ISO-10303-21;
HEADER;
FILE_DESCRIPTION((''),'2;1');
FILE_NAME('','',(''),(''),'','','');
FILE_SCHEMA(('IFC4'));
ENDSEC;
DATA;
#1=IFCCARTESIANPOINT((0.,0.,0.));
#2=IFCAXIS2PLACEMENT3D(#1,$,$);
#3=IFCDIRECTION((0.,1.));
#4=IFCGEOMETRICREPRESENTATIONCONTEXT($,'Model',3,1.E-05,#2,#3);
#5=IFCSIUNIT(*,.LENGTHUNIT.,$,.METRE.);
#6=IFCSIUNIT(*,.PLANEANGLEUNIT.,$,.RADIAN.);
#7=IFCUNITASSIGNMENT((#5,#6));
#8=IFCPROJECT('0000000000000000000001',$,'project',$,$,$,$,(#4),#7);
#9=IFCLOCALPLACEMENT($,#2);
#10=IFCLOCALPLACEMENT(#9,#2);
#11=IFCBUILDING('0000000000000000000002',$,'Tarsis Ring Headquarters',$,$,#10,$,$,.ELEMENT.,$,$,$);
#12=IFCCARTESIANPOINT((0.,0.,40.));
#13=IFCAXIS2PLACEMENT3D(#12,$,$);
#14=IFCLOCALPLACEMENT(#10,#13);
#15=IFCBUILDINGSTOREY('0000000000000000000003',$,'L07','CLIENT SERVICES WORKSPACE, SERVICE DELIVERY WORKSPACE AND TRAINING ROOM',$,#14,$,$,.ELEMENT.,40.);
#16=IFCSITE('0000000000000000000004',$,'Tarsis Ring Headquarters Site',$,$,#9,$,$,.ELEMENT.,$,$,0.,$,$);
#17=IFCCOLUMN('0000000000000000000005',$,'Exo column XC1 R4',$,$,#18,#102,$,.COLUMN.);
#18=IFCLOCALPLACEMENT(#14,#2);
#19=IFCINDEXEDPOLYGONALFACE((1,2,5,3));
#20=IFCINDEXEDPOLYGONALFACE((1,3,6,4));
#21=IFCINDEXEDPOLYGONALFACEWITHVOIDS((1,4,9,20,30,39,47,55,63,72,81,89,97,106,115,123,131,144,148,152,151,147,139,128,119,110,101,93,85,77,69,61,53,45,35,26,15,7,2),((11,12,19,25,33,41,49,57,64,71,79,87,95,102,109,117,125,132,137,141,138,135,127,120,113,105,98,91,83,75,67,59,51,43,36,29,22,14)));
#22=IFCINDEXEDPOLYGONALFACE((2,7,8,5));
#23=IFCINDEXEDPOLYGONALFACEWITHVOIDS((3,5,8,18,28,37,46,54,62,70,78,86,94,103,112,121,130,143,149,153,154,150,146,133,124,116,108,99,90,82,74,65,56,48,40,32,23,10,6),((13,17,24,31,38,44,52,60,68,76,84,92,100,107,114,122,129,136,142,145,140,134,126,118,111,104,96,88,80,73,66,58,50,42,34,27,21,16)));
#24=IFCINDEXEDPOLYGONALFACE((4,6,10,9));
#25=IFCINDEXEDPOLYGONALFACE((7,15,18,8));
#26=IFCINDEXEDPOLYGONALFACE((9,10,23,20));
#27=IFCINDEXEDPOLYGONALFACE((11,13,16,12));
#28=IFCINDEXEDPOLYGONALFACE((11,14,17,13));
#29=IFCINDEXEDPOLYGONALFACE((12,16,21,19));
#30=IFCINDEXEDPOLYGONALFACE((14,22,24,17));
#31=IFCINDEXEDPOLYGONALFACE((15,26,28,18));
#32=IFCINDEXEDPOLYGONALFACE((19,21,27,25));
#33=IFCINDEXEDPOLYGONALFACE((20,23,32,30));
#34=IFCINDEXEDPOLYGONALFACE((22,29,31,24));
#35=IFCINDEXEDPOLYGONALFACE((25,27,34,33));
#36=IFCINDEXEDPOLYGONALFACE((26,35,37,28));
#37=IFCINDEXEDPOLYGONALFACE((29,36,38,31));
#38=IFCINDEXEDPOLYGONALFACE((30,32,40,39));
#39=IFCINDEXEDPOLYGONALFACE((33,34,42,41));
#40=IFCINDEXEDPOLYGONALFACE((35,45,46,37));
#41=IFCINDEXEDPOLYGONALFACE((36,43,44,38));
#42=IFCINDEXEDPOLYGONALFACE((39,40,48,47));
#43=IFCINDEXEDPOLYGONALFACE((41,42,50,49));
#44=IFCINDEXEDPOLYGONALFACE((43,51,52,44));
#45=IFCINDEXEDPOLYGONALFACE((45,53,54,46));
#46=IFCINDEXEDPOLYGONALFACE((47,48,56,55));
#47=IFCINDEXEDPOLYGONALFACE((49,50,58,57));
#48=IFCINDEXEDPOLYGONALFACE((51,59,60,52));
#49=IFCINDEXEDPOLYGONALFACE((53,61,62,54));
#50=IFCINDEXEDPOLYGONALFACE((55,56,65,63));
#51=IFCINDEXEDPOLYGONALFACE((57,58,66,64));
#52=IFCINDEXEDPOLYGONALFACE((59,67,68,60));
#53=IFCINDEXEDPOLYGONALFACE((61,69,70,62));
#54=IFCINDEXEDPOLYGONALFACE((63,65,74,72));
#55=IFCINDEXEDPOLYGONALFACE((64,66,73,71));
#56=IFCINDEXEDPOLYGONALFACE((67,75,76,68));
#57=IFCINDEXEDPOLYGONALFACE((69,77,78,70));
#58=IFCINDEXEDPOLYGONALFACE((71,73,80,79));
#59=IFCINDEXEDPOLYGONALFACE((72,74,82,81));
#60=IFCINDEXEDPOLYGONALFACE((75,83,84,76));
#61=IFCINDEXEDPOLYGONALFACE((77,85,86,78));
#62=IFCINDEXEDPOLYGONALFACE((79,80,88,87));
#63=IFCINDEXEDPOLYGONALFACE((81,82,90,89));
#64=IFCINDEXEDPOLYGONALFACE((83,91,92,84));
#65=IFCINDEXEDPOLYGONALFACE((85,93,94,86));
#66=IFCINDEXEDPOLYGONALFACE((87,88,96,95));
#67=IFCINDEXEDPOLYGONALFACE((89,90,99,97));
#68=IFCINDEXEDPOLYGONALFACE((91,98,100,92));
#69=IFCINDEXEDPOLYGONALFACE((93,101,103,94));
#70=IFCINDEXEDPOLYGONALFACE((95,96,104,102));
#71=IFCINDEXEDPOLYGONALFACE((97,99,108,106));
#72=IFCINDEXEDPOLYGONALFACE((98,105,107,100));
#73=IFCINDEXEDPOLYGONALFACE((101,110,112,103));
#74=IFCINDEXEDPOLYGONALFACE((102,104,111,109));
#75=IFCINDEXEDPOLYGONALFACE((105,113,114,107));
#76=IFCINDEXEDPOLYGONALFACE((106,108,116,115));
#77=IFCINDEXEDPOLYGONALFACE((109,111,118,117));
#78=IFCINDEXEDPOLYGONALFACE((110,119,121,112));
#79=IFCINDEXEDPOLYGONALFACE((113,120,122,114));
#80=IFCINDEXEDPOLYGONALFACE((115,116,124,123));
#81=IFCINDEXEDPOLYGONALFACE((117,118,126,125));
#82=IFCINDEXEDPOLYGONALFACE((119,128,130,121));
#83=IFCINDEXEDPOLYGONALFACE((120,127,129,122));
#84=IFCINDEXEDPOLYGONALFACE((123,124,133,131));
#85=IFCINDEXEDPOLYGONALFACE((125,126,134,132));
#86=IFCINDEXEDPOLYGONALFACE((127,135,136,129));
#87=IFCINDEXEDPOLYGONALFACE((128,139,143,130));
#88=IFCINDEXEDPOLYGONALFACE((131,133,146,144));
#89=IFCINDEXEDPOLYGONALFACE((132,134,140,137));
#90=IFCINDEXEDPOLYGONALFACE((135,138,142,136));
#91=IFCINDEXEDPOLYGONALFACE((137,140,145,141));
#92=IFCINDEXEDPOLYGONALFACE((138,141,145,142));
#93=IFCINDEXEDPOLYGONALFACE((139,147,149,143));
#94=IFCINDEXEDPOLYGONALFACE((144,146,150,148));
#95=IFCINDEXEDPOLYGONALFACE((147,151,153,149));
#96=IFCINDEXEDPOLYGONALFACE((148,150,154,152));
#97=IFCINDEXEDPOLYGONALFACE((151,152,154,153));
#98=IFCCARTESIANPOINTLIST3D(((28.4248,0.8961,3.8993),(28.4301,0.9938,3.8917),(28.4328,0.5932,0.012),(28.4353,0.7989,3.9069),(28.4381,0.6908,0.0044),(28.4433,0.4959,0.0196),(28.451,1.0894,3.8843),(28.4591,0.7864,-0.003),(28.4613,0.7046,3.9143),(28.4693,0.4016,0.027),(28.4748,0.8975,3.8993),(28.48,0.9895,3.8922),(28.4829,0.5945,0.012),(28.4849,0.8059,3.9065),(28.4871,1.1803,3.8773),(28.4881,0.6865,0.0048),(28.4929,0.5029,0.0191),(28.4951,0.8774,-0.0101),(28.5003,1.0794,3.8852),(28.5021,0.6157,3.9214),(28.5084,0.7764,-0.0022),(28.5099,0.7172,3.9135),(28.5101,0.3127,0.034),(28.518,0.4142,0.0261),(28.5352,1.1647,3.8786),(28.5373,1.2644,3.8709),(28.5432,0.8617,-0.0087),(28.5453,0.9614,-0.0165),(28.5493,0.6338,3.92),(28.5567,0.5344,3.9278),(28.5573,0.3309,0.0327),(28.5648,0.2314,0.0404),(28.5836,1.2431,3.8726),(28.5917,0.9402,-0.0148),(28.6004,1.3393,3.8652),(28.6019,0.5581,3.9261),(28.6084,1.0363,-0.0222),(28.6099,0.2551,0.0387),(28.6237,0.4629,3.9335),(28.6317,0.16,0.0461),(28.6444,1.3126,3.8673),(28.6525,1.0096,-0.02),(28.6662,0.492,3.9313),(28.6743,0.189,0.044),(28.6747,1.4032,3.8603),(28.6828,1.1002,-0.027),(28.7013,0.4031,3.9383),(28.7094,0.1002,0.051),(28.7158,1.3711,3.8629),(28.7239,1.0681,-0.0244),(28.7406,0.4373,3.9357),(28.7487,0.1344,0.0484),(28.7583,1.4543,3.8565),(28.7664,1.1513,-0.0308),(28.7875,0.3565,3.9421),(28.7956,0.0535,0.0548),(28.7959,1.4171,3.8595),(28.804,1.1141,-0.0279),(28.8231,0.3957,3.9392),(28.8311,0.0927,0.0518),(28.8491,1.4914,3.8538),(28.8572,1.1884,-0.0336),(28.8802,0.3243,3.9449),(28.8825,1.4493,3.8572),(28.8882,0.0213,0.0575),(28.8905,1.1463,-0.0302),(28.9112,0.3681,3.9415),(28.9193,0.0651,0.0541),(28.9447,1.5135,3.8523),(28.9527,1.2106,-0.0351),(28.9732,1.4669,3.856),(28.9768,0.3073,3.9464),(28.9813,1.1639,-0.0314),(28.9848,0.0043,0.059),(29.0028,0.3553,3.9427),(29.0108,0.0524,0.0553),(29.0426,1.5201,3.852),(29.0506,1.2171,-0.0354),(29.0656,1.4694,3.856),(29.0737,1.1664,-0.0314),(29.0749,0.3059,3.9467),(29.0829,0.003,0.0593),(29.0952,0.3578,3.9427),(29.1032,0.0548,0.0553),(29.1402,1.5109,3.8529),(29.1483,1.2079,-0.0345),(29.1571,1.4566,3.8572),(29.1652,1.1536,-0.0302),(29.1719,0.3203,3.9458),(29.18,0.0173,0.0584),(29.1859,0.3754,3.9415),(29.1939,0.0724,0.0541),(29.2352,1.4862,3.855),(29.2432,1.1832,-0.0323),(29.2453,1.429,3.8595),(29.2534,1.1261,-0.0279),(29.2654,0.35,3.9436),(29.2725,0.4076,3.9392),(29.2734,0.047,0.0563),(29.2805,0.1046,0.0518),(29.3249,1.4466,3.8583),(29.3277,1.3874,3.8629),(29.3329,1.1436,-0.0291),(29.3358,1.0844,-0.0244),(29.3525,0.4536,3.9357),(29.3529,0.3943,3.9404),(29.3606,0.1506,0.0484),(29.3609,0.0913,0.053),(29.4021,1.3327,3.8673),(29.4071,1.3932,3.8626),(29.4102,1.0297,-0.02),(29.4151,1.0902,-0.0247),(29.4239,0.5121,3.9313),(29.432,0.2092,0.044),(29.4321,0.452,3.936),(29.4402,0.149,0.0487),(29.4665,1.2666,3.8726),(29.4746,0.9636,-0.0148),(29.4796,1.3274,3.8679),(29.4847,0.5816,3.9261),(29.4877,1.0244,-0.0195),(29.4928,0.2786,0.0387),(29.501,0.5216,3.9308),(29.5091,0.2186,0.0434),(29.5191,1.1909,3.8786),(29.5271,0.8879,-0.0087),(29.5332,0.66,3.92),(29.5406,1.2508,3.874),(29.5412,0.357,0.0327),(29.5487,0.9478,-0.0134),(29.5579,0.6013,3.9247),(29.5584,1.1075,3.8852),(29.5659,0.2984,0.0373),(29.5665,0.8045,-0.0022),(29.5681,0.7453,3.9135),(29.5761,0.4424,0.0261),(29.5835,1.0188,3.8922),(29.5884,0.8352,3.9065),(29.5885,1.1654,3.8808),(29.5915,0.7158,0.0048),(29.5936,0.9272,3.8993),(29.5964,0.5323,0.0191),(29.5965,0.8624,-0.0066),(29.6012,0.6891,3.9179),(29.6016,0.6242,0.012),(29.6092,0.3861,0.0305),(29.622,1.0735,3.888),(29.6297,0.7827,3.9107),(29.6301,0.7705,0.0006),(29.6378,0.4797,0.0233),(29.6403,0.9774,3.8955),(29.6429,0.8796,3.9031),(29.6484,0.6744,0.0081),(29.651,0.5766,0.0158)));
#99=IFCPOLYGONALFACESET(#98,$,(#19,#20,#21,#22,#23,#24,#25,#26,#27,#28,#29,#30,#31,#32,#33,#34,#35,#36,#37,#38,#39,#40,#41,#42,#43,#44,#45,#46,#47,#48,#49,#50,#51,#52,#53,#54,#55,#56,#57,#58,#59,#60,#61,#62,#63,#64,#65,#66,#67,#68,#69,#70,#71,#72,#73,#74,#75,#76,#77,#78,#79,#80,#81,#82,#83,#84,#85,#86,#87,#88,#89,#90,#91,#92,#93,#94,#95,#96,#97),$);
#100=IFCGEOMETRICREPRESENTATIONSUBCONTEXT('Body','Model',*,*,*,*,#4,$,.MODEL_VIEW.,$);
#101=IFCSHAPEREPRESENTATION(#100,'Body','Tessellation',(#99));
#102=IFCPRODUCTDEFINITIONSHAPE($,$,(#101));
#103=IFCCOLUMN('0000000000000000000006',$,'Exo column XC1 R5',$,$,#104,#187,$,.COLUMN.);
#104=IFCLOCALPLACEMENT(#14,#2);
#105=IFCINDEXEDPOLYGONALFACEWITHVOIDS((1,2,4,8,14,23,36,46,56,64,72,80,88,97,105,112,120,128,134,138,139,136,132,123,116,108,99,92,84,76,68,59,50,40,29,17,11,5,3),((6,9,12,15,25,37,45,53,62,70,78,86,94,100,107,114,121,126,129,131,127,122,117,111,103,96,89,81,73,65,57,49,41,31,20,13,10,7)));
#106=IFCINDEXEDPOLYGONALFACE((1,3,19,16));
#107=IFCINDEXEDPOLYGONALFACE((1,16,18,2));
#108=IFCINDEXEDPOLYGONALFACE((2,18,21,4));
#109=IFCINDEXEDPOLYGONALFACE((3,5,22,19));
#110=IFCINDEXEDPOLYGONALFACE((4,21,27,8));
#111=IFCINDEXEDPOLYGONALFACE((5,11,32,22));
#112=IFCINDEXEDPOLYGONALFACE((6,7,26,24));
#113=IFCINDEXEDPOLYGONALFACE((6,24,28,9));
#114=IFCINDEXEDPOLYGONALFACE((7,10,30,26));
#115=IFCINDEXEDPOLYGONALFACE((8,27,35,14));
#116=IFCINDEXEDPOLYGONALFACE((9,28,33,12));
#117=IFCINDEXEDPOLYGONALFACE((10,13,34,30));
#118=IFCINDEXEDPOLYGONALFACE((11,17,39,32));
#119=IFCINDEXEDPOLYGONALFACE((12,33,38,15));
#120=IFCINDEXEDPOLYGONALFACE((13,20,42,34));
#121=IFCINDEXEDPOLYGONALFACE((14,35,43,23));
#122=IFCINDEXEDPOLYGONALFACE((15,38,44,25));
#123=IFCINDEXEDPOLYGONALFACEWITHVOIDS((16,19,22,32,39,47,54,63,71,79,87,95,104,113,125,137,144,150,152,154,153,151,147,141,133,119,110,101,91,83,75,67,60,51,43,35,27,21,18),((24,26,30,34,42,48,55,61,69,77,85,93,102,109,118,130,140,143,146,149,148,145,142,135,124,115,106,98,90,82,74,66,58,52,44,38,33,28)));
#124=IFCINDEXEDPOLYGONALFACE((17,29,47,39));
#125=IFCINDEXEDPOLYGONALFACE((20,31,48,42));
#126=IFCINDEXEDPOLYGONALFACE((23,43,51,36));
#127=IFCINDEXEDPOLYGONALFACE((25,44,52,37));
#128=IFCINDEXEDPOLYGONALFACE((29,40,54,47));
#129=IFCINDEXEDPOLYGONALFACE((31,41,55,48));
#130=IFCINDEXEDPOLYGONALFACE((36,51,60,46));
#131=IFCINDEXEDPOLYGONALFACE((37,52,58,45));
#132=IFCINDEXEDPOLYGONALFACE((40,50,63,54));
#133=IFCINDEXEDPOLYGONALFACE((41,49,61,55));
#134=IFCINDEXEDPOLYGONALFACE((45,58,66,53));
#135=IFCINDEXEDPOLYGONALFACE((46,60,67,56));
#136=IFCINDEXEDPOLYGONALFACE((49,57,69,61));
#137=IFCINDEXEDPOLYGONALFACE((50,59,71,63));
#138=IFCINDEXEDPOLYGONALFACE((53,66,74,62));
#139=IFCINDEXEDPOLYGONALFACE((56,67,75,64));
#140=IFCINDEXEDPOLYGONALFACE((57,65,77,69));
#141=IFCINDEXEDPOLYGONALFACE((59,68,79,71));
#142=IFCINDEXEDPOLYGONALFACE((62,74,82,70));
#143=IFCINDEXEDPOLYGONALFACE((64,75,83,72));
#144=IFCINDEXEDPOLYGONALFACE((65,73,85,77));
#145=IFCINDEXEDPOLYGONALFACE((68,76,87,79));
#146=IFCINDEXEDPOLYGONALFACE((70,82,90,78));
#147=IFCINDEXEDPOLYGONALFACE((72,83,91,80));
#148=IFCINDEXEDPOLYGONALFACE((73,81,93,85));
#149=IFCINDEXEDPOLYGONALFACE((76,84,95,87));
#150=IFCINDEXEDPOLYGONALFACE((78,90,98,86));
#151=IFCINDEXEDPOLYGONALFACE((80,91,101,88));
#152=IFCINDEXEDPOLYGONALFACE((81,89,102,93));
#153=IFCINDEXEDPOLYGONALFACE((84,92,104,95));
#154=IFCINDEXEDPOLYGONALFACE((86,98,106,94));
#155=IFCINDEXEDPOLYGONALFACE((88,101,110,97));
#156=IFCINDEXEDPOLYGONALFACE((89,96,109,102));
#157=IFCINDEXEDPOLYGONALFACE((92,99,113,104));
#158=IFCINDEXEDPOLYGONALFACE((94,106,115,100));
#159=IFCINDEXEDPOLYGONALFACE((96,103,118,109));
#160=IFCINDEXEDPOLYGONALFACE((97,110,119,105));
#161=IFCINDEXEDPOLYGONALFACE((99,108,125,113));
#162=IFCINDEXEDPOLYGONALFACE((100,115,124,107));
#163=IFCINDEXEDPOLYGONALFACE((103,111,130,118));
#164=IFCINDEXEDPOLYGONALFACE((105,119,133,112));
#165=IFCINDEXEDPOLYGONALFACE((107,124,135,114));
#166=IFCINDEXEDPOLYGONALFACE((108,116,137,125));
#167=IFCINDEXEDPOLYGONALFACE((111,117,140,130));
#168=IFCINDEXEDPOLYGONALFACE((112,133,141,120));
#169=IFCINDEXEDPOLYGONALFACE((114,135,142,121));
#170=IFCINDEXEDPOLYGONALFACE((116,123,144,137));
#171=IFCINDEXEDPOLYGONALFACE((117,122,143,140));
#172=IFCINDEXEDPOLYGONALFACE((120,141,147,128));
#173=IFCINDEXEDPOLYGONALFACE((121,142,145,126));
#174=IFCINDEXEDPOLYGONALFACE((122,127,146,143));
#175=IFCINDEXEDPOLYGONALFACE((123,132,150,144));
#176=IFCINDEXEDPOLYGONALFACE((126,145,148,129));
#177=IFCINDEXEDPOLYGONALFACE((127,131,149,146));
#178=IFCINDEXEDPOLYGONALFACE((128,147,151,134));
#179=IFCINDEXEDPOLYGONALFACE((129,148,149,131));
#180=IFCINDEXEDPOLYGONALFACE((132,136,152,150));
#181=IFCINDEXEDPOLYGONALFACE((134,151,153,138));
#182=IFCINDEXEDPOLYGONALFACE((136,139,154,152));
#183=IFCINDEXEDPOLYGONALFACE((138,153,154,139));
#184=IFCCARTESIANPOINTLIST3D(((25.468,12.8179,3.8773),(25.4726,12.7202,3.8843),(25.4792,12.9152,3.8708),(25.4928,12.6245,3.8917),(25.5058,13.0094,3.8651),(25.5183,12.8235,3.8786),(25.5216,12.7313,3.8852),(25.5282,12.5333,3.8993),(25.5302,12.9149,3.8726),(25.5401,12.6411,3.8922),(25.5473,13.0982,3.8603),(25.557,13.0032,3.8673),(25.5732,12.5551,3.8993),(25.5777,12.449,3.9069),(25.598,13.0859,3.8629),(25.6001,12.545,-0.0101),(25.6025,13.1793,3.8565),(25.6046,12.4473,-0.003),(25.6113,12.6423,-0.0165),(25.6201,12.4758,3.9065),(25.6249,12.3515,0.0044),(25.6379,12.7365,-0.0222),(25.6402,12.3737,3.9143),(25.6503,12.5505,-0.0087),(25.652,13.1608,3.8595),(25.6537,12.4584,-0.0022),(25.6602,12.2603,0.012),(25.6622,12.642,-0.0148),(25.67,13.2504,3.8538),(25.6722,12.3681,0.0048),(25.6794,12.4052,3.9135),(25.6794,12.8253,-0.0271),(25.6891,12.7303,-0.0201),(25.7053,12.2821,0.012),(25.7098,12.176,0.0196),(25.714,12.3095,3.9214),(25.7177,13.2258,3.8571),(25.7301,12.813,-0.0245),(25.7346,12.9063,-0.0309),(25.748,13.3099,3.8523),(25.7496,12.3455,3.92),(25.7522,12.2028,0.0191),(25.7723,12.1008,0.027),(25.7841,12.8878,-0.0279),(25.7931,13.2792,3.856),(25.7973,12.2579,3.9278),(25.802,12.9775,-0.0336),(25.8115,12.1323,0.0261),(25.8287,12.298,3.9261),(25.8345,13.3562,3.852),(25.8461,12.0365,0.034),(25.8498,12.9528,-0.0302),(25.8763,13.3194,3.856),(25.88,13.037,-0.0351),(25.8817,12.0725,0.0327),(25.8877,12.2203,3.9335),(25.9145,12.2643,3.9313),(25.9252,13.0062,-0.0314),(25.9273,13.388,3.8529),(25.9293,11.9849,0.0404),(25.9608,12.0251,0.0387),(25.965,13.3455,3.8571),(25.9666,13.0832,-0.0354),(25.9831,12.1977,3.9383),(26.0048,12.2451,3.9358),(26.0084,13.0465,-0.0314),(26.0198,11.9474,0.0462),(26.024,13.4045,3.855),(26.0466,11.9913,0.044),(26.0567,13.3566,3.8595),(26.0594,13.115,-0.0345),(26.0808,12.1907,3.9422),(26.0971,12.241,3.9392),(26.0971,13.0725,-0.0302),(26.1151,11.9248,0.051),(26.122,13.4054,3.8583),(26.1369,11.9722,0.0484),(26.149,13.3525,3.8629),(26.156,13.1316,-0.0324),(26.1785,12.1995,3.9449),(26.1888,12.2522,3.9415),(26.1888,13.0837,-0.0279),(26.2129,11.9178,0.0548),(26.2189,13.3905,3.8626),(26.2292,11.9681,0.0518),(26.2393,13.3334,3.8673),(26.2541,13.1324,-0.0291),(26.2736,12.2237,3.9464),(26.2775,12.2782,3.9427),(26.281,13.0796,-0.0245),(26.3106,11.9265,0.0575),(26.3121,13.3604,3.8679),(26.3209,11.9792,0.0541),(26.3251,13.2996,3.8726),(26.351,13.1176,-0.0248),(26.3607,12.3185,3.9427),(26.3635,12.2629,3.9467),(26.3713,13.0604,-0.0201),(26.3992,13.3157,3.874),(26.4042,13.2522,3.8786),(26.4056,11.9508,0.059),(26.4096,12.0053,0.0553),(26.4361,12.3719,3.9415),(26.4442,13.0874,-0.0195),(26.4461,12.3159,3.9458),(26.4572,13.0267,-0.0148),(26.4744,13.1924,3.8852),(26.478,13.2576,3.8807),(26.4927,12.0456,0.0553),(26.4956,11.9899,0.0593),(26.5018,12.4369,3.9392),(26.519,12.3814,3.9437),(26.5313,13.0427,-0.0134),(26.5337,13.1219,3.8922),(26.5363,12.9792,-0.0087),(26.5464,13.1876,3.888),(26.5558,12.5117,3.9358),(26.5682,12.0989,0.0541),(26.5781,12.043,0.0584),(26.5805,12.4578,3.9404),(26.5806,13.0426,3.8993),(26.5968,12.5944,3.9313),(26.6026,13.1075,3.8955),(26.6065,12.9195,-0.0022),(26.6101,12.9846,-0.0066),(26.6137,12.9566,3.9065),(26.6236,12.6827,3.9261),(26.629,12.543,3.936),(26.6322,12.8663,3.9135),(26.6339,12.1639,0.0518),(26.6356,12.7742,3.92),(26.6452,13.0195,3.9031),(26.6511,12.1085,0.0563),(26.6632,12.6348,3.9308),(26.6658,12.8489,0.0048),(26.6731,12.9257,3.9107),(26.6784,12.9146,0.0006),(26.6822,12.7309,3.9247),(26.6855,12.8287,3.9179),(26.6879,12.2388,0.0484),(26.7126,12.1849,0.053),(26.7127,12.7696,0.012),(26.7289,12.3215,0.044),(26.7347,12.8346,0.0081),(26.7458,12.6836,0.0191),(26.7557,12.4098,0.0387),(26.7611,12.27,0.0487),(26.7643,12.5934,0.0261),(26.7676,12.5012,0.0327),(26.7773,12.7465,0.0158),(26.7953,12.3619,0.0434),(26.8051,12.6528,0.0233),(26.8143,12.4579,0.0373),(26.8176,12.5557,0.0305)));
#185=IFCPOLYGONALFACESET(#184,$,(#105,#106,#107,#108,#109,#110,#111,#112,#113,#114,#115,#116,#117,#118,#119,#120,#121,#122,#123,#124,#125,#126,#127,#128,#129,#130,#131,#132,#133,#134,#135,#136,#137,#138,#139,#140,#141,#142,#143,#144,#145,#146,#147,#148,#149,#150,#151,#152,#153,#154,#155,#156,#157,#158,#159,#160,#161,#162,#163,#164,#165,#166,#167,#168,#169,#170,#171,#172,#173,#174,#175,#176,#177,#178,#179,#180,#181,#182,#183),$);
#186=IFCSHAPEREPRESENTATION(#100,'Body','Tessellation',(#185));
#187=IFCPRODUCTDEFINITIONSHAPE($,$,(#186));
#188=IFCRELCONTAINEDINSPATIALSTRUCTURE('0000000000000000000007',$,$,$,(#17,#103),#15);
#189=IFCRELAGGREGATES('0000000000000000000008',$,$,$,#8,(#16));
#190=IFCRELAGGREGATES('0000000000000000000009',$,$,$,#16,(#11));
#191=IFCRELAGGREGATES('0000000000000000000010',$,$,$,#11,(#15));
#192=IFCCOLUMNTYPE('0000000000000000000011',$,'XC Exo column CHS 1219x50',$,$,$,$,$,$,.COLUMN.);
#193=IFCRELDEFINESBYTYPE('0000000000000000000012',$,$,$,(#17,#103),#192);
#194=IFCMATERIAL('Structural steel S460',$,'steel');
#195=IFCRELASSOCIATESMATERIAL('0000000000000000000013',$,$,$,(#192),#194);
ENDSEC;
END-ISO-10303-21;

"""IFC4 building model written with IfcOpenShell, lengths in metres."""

from ifc_helpers import new_model, si_unit, direction, frame, origin, origin_2d, place, context, subcontext, project, spatial, hollow_circle, extrude, material, material_profile, profile_set, type_object, element, save


model = new_model("IFC4")

# Units and contexts
model_context = context("Model", 3, precision=1e-05, world=origin(), true_north=direction((0.0, 1.0)))
body_context = subcontext(model_context, "Body", "Model", "MODEL_VIEW")
ifc_project = project(units=[si_unit("LENGTHUNIT", "METRE"), si_unit("PLANEANGLEUNIT", "RADIAN")], contexts=[model_context])

# Site, building, storey
site_placement = place(None, origin())
site = spatial("IfcSite", under=ifc_project, at=site_placement, Name="Tarsis Ring Headquarters Site", CompositionType="ELEMENT", RefElevation=0.0)
building_placement = place(site_placement, origin())
building = spatial("IfcBuilding", under=site, at=building_placement, Name="Tarsis Ring Headquarters", CompositionType="ELEMENT")
storey_placement = place(building_placement, frame((0.0, 0.0, 40.0)))
storey = spatial("IfcBuildingStorey", under=building, at=storey_placement, Name="L07", Description="CLIENT SERVICES WORKSPACE, SERVICE DELIVERY WORKSPACE AND TRAINING ROOM", CompositionType="ELEMENT", Elevation=40.0)

# Columns
ifc_material_1 = material(Name="Structural steel S460", Category="steel")
ifc_material_profile_1 = material_profile(ifc_material_1, hollow_circle(Radius=0.6096, WallThickness=0.05, at=origin_2d()), Name="CHS 1219x50")
ifc_profile_set_1 = profile_set([ifc_material_profile_1], Name="Structural steel S460")
column_type = type_object("IfcColumnType", Name="XC Exo column CHS 1219x50", PredefinedType="COLUMN", material=ifc_profile_set_1)
for number, where, z_axis, x_axis, name in (
    (1, (29.0422, 0.6094, 0.012), (-0.002066, 0.077702, 0.996975), (-0.999647, -0.026582, 0.0), "Exo column XC1 R4"),
    (2, (26.209, 12.5259, 0.012), (-0.033873, 0.07, 0.996972), (-0.900149, -0.435582, 0.0), "Exo column XC1 R5"),
):
    element("IfcColumn", number, at=place(storey_placement, frame(where, z_axis=z_axis, x_axis=x_axis)), inside=storey, type_object=column_type, Name=name, PredefinedType="COLUMN", context=body_context, shape_type="SweptSolid", body=[
        extrude(hollow_circle(Radius=0.6096, WallThickness=0.05, at=origin_2d()), origin(), (0.0, 0.0, 1.0), 3.8992),
    ])

save(model, "model.ifc")
